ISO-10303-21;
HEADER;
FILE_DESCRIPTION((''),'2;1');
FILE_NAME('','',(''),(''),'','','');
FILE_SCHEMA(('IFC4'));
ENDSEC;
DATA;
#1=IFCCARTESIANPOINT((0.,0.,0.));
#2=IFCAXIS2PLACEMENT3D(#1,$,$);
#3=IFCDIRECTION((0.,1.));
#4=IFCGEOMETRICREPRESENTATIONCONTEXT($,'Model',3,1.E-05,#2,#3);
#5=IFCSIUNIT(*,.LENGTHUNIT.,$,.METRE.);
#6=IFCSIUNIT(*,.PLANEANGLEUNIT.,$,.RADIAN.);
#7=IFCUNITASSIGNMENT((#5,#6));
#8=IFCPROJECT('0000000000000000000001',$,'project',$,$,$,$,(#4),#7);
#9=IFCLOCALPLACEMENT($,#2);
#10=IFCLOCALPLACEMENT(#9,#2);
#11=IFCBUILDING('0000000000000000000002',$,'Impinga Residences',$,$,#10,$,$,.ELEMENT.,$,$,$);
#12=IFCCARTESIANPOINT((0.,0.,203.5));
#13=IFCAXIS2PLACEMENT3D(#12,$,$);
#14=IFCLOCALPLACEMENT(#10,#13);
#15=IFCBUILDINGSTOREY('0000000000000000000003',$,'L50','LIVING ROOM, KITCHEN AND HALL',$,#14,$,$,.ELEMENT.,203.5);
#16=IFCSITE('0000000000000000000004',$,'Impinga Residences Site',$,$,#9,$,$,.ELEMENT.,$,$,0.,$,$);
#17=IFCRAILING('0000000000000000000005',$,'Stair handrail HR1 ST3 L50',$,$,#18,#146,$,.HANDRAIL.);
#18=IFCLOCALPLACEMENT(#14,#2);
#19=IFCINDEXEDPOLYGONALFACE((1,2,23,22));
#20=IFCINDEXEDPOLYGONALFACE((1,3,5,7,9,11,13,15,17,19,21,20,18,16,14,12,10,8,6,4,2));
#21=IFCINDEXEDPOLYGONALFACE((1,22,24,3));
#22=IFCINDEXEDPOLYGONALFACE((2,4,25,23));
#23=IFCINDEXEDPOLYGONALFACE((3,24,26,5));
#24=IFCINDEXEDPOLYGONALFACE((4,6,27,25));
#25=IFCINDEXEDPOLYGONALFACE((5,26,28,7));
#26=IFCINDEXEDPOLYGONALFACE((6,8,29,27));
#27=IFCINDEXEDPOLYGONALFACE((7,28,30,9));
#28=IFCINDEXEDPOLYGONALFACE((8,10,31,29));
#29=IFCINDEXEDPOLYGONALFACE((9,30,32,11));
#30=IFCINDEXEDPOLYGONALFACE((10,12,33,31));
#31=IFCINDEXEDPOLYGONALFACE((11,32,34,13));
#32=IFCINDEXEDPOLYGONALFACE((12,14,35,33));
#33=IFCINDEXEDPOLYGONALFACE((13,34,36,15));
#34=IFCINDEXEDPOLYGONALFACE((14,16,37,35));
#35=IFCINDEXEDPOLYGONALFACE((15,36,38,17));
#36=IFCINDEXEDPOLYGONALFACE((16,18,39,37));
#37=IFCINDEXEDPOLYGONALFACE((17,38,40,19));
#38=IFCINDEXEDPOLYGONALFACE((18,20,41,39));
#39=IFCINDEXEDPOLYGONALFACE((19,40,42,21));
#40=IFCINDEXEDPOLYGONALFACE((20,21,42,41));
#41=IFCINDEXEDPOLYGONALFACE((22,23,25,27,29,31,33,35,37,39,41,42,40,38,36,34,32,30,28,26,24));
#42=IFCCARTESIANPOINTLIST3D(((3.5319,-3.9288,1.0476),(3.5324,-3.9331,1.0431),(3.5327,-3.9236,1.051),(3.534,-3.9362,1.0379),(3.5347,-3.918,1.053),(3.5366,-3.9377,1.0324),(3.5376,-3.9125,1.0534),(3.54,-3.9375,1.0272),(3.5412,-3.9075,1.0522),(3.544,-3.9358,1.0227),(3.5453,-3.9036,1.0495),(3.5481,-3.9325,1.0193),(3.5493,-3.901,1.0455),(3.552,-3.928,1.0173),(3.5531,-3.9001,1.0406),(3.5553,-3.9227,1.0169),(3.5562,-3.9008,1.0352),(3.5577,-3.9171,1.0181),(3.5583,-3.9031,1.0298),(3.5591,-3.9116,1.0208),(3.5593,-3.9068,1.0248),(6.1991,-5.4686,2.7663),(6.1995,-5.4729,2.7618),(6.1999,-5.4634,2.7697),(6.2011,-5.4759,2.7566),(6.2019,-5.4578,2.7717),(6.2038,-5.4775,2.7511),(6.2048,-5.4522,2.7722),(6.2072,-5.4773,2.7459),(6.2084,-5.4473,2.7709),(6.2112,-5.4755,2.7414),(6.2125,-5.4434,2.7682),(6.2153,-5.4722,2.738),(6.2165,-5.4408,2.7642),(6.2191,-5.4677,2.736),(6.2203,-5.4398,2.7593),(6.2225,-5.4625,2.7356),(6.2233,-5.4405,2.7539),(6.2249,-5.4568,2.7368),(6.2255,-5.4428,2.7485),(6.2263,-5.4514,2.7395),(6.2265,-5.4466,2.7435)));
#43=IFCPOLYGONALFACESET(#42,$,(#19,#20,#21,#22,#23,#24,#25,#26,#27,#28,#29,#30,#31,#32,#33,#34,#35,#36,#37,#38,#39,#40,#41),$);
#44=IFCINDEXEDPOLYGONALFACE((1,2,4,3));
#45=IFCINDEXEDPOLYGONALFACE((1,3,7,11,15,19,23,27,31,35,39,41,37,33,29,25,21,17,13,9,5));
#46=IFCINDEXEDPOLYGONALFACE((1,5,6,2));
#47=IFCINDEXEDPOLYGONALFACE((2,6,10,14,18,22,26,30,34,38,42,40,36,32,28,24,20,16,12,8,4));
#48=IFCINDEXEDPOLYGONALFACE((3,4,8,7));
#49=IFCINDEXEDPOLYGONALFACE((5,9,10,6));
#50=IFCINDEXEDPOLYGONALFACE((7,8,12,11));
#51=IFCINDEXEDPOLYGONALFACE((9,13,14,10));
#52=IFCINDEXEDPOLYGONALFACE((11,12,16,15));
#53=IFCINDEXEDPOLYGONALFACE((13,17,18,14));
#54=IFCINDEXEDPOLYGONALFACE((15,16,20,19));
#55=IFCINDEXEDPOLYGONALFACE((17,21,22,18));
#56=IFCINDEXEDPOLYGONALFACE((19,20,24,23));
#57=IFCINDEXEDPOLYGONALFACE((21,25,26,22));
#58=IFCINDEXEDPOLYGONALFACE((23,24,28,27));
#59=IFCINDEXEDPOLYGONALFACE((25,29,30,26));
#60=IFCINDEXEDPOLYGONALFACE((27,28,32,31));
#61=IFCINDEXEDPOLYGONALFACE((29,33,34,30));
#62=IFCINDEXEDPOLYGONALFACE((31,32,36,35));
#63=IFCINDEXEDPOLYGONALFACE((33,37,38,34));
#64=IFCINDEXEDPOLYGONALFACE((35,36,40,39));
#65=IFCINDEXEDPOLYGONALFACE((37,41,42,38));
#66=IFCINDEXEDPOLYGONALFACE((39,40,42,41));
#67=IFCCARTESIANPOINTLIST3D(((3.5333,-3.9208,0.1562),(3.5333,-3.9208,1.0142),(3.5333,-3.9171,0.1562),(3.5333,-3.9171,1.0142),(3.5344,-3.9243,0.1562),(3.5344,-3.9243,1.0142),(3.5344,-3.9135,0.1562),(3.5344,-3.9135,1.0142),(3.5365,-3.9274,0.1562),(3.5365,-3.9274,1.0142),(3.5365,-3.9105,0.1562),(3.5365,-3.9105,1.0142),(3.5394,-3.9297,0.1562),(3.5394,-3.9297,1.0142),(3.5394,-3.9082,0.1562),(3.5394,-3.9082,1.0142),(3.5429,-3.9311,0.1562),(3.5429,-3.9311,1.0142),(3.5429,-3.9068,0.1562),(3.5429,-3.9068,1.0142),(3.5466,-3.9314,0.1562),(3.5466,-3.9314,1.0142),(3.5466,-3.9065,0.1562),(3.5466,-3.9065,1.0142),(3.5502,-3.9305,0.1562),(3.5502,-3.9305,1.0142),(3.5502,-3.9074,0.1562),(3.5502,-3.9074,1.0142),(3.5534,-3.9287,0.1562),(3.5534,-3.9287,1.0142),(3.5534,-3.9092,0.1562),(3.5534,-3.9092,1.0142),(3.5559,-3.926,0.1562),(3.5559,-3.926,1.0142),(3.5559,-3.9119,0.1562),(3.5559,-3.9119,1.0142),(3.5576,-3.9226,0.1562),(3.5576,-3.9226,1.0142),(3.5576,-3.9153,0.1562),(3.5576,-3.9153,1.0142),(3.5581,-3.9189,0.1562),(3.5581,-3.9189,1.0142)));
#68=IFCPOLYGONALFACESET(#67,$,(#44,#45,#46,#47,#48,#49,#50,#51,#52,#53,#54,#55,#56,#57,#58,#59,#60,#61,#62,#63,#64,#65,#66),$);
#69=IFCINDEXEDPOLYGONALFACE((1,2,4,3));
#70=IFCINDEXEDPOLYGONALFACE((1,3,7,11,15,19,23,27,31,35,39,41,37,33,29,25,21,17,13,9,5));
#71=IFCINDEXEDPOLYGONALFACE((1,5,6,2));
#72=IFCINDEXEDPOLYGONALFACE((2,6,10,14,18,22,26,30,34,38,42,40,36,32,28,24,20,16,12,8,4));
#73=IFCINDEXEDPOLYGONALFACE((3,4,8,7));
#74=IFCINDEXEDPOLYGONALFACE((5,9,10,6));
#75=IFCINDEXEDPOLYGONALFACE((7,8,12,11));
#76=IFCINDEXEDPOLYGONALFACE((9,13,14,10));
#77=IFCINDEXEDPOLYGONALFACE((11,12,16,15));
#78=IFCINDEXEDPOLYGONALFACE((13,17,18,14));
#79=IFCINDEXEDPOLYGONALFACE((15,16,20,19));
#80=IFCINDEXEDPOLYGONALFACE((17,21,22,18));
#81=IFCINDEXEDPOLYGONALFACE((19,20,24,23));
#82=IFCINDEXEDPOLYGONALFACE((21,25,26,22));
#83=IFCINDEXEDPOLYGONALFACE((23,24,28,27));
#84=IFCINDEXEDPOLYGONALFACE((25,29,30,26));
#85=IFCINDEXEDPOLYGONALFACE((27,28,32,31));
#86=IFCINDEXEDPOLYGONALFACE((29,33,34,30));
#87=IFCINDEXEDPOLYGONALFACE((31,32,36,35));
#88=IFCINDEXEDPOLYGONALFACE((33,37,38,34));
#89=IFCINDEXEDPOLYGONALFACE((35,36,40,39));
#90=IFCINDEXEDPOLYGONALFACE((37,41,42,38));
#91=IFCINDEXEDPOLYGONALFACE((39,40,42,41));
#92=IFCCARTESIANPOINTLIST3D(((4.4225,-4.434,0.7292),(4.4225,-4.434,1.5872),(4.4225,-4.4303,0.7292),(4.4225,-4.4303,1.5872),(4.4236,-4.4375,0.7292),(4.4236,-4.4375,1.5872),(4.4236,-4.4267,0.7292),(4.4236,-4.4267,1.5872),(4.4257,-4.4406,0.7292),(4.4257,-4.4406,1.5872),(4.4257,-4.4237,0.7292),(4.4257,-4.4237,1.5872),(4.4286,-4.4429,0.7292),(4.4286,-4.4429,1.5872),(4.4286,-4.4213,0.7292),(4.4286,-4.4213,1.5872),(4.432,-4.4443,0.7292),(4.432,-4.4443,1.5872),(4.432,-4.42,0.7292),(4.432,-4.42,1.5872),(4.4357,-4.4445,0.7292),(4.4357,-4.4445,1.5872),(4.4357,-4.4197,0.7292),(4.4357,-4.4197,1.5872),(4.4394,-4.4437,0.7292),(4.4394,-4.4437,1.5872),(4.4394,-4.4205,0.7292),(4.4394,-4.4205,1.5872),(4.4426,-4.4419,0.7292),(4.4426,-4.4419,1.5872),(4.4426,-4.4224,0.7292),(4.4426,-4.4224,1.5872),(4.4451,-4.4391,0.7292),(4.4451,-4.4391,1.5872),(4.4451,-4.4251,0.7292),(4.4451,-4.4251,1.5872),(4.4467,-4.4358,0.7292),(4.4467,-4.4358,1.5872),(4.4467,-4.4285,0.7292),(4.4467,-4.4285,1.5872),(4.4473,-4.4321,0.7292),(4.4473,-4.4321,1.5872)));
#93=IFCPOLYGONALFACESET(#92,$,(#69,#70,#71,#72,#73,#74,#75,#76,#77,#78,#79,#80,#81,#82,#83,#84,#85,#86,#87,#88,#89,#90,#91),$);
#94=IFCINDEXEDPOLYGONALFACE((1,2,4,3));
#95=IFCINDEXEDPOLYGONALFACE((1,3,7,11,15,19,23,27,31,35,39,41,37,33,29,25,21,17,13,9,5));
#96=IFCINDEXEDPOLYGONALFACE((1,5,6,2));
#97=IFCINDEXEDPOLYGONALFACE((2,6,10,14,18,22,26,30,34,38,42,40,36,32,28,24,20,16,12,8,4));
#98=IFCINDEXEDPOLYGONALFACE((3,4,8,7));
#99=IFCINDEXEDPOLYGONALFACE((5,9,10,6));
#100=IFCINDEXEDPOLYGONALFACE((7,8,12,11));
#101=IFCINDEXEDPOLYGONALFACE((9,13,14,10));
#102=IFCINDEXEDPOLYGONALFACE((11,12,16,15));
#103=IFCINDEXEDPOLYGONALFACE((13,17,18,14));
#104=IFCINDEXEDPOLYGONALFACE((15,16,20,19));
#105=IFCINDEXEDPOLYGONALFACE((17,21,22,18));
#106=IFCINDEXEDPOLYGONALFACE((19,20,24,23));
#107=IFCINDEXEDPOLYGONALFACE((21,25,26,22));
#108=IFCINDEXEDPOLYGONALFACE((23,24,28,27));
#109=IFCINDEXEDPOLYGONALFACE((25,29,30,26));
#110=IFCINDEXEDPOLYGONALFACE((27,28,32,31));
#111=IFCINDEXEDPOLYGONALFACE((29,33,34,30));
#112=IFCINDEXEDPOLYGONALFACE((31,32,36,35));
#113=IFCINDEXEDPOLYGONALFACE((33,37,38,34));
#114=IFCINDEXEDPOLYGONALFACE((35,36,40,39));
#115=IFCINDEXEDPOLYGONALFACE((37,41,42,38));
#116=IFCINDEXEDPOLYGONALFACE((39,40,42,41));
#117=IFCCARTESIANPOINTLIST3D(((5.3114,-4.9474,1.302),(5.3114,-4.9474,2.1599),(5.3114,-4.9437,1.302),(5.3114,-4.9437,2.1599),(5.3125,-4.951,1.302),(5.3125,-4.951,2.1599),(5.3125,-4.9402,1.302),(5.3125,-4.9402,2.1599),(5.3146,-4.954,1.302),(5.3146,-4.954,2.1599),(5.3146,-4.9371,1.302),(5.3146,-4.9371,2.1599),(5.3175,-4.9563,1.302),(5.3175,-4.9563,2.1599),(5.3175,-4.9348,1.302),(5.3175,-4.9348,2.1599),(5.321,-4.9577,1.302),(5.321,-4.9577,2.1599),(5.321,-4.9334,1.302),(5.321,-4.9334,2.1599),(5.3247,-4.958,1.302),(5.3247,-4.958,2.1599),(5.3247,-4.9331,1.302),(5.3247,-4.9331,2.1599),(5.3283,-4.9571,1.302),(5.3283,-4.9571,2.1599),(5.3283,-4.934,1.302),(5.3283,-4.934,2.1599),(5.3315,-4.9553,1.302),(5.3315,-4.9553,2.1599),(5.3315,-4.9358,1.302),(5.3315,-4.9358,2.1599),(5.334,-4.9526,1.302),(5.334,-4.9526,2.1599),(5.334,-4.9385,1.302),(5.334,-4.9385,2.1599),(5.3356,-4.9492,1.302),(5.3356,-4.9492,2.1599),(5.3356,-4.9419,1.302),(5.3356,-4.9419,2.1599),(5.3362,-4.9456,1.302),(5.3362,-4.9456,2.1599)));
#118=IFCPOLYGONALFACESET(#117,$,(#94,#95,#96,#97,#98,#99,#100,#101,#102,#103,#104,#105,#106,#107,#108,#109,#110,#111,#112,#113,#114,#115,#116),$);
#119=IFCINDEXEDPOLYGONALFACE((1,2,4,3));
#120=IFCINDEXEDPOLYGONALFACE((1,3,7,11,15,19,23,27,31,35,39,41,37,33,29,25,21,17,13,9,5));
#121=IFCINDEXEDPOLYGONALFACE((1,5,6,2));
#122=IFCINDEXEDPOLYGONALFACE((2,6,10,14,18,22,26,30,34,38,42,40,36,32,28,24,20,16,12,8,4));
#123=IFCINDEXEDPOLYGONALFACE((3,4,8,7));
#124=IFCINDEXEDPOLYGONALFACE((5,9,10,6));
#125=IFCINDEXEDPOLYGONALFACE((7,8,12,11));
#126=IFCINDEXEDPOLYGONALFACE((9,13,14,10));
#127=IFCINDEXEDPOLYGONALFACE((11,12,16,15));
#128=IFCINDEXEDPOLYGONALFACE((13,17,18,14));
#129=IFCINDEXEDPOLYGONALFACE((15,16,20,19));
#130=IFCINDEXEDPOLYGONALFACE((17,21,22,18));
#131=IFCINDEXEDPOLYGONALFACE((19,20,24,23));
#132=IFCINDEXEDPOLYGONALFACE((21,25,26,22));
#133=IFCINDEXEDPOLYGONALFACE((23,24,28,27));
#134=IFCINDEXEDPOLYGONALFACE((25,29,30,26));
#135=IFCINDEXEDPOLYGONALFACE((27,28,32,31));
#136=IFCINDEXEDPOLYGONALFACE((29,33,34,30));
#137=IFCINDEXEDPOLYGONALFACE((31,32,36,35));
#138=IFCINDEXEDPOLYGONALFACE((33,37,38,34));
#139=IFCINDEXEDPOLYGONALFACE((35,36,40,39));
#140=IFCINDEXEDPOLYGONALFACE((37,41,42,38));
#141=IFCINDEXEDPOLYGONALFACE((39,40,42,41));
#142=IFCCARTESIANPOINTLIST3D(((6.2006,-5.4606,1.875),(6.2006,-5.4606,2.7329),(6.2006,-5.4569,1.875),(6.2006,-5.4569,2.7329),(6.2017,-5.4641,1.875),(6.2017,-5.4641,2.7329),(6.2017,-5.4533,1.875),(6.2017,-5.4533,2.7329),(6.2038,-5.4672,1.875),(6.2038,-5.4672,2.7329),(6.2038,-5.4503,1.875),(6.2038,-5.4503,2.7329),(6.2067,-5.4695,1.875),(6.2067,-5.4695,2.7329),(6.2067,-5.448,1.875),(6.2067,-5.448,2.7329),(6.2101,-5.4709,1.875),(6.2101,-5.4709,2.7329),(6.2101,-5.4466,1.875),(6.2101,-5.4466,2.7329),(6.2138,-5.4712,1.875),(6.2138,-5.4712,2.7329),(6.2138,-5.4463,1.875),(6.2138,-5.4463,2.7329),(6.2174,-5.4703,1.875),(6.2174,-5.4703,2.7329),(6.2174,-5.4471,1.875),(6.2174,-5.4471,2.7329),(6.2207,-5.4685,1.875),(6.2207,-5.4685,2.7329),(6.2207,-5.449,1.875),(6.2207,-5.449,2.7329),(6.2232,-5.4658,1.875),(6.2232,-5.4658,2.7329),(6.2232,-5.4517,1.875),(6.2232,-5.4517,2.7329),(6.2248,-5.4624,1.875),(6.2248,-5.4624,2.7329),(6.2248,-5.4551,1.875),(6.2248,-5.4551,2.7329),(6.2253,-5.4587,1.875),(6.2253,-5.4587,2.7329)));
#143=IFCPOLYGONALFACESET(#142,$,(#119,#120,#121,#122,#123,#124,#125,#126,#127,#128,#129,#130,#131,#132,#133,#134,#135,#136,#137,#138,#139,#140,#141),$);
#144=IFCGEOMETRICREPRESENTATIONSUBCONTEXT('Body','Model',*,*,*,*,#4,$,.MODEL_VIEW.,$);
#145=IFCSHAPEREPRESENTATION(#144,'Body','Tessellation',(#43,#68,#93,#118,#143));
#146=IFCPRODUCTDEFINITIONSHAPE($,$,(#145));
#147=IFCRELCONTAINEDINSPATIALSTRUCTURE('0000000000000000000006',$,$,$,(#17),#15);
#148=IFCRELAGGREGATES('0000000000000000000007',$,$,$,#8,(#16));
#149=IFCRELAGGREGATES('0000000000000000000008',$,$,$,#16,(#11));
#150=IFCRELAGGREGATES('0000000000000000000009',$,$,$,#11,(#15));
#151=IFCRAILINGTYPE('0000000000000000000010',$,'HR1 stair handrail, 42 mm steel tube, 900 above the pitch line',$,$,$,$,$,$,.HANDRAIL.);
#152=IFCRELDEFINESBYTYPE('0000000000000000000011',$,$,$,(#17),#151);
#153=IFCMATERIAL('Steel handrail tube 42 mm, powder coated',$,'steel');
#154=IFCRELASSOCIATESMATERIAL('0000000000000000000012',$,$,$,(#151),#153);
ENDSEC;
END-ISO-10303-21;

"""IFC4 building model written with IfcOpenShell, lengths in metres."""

from ifc_helpers import new_model, si_unit, direction, frame, origin, origin_2d, place, context, subcontext, project, spatial, circle, extrude, material, type_object, element, save


model = new_model("IFC4")

# Units and contexts
model_context = context("Model", 3, precision=1e-05, world=origin(), true_north=direction((0.0, 1.0)))
body_context = subcontext(model_context, "Body", "Model", "MODEL_VIEW")
ifc_project = project(units=[si_unit("LENGTHUNIT", "METRE"), si_unit("PLANEANGLEUNIT", "RADIAN")], contexts=[model_context])

# Site, building, storey
site_placement = place(None, origin())
site = spatial("IfcSite", under=ifc_project, at=site_placement, Name="Impinga Residences Site", CompositionType="ELEMENT", RefElevation=0.0)
building_placement = place(site_placement, origin())
building = spatial("IfcBuilding", under=site, at=building_placement, Name="Impinga Residences", CompositionType="ELEMENT")
storey_placement = place(building_placement, frame((0.0, 0.0, 203.5)))
storey = spatial("IfcBuildingStorey", under=building, at=storey_placement, Name="L50", Description="LIVING ROOM, KITCHEN AND HALL", CompositionType="ELEMENT", Elevation=203.5)

# Railing
ifc_material_1 = material(Name="Steel handrail tube 42 mm, powder coated", Category="steel")
railing_type = type_object("IfcRailingType", Name="HR1 stair handrail, 42 mm steel tube, 900 above the pitch line", PredefinedType="HANDRAIL", material=ifc_material_1)
railing_1_placement = place(storey_placement, frame((3.5457, -3.9189, 0.1562)))
element("IfcRailing", 1, at=railing_1_placement, inside=storey, type_object=railing_type, Name="Stair handrail HR1 ST3 L50", PredefinedType="HANDRAIL", context=body_context, shape_type="SweptSolid", body=[
    extrude(circle(Radius=0.021, at=origin_2d()), frame((0.0, 0.0, 0.8789), z_axis=(0.756249, -0.436582, 0.487322), x_axis=(0.499967, 0.866044, 0.0)), (0.0, 0.0, 1.0), 3.5269),
    extrude(circle(Radius=0.0125, at=origin_2d()), origin(), (0.0, 0.0, 1.0), 0.8579),
    extrude(circle(Radius=0.0125, at=origin_2d()), frame((0.8892, -0.5132, 0.573)), (0.0, 0.0, 1.0), 0.8579),
    extrude(circle(Radius=0.0125, at=origin_2d()), frame((1.7781, -1.0266, 1.1458)), (0.0, 0.0, 1.0), 0.8579),
    extrude(circle(Radius=0.0125, at=origin_2d()), frame((2.6672, -1.5398, 1.7188)), (0.0, 0.0, 1.0), 0.8579),
])

save(model, "model.ifc")
